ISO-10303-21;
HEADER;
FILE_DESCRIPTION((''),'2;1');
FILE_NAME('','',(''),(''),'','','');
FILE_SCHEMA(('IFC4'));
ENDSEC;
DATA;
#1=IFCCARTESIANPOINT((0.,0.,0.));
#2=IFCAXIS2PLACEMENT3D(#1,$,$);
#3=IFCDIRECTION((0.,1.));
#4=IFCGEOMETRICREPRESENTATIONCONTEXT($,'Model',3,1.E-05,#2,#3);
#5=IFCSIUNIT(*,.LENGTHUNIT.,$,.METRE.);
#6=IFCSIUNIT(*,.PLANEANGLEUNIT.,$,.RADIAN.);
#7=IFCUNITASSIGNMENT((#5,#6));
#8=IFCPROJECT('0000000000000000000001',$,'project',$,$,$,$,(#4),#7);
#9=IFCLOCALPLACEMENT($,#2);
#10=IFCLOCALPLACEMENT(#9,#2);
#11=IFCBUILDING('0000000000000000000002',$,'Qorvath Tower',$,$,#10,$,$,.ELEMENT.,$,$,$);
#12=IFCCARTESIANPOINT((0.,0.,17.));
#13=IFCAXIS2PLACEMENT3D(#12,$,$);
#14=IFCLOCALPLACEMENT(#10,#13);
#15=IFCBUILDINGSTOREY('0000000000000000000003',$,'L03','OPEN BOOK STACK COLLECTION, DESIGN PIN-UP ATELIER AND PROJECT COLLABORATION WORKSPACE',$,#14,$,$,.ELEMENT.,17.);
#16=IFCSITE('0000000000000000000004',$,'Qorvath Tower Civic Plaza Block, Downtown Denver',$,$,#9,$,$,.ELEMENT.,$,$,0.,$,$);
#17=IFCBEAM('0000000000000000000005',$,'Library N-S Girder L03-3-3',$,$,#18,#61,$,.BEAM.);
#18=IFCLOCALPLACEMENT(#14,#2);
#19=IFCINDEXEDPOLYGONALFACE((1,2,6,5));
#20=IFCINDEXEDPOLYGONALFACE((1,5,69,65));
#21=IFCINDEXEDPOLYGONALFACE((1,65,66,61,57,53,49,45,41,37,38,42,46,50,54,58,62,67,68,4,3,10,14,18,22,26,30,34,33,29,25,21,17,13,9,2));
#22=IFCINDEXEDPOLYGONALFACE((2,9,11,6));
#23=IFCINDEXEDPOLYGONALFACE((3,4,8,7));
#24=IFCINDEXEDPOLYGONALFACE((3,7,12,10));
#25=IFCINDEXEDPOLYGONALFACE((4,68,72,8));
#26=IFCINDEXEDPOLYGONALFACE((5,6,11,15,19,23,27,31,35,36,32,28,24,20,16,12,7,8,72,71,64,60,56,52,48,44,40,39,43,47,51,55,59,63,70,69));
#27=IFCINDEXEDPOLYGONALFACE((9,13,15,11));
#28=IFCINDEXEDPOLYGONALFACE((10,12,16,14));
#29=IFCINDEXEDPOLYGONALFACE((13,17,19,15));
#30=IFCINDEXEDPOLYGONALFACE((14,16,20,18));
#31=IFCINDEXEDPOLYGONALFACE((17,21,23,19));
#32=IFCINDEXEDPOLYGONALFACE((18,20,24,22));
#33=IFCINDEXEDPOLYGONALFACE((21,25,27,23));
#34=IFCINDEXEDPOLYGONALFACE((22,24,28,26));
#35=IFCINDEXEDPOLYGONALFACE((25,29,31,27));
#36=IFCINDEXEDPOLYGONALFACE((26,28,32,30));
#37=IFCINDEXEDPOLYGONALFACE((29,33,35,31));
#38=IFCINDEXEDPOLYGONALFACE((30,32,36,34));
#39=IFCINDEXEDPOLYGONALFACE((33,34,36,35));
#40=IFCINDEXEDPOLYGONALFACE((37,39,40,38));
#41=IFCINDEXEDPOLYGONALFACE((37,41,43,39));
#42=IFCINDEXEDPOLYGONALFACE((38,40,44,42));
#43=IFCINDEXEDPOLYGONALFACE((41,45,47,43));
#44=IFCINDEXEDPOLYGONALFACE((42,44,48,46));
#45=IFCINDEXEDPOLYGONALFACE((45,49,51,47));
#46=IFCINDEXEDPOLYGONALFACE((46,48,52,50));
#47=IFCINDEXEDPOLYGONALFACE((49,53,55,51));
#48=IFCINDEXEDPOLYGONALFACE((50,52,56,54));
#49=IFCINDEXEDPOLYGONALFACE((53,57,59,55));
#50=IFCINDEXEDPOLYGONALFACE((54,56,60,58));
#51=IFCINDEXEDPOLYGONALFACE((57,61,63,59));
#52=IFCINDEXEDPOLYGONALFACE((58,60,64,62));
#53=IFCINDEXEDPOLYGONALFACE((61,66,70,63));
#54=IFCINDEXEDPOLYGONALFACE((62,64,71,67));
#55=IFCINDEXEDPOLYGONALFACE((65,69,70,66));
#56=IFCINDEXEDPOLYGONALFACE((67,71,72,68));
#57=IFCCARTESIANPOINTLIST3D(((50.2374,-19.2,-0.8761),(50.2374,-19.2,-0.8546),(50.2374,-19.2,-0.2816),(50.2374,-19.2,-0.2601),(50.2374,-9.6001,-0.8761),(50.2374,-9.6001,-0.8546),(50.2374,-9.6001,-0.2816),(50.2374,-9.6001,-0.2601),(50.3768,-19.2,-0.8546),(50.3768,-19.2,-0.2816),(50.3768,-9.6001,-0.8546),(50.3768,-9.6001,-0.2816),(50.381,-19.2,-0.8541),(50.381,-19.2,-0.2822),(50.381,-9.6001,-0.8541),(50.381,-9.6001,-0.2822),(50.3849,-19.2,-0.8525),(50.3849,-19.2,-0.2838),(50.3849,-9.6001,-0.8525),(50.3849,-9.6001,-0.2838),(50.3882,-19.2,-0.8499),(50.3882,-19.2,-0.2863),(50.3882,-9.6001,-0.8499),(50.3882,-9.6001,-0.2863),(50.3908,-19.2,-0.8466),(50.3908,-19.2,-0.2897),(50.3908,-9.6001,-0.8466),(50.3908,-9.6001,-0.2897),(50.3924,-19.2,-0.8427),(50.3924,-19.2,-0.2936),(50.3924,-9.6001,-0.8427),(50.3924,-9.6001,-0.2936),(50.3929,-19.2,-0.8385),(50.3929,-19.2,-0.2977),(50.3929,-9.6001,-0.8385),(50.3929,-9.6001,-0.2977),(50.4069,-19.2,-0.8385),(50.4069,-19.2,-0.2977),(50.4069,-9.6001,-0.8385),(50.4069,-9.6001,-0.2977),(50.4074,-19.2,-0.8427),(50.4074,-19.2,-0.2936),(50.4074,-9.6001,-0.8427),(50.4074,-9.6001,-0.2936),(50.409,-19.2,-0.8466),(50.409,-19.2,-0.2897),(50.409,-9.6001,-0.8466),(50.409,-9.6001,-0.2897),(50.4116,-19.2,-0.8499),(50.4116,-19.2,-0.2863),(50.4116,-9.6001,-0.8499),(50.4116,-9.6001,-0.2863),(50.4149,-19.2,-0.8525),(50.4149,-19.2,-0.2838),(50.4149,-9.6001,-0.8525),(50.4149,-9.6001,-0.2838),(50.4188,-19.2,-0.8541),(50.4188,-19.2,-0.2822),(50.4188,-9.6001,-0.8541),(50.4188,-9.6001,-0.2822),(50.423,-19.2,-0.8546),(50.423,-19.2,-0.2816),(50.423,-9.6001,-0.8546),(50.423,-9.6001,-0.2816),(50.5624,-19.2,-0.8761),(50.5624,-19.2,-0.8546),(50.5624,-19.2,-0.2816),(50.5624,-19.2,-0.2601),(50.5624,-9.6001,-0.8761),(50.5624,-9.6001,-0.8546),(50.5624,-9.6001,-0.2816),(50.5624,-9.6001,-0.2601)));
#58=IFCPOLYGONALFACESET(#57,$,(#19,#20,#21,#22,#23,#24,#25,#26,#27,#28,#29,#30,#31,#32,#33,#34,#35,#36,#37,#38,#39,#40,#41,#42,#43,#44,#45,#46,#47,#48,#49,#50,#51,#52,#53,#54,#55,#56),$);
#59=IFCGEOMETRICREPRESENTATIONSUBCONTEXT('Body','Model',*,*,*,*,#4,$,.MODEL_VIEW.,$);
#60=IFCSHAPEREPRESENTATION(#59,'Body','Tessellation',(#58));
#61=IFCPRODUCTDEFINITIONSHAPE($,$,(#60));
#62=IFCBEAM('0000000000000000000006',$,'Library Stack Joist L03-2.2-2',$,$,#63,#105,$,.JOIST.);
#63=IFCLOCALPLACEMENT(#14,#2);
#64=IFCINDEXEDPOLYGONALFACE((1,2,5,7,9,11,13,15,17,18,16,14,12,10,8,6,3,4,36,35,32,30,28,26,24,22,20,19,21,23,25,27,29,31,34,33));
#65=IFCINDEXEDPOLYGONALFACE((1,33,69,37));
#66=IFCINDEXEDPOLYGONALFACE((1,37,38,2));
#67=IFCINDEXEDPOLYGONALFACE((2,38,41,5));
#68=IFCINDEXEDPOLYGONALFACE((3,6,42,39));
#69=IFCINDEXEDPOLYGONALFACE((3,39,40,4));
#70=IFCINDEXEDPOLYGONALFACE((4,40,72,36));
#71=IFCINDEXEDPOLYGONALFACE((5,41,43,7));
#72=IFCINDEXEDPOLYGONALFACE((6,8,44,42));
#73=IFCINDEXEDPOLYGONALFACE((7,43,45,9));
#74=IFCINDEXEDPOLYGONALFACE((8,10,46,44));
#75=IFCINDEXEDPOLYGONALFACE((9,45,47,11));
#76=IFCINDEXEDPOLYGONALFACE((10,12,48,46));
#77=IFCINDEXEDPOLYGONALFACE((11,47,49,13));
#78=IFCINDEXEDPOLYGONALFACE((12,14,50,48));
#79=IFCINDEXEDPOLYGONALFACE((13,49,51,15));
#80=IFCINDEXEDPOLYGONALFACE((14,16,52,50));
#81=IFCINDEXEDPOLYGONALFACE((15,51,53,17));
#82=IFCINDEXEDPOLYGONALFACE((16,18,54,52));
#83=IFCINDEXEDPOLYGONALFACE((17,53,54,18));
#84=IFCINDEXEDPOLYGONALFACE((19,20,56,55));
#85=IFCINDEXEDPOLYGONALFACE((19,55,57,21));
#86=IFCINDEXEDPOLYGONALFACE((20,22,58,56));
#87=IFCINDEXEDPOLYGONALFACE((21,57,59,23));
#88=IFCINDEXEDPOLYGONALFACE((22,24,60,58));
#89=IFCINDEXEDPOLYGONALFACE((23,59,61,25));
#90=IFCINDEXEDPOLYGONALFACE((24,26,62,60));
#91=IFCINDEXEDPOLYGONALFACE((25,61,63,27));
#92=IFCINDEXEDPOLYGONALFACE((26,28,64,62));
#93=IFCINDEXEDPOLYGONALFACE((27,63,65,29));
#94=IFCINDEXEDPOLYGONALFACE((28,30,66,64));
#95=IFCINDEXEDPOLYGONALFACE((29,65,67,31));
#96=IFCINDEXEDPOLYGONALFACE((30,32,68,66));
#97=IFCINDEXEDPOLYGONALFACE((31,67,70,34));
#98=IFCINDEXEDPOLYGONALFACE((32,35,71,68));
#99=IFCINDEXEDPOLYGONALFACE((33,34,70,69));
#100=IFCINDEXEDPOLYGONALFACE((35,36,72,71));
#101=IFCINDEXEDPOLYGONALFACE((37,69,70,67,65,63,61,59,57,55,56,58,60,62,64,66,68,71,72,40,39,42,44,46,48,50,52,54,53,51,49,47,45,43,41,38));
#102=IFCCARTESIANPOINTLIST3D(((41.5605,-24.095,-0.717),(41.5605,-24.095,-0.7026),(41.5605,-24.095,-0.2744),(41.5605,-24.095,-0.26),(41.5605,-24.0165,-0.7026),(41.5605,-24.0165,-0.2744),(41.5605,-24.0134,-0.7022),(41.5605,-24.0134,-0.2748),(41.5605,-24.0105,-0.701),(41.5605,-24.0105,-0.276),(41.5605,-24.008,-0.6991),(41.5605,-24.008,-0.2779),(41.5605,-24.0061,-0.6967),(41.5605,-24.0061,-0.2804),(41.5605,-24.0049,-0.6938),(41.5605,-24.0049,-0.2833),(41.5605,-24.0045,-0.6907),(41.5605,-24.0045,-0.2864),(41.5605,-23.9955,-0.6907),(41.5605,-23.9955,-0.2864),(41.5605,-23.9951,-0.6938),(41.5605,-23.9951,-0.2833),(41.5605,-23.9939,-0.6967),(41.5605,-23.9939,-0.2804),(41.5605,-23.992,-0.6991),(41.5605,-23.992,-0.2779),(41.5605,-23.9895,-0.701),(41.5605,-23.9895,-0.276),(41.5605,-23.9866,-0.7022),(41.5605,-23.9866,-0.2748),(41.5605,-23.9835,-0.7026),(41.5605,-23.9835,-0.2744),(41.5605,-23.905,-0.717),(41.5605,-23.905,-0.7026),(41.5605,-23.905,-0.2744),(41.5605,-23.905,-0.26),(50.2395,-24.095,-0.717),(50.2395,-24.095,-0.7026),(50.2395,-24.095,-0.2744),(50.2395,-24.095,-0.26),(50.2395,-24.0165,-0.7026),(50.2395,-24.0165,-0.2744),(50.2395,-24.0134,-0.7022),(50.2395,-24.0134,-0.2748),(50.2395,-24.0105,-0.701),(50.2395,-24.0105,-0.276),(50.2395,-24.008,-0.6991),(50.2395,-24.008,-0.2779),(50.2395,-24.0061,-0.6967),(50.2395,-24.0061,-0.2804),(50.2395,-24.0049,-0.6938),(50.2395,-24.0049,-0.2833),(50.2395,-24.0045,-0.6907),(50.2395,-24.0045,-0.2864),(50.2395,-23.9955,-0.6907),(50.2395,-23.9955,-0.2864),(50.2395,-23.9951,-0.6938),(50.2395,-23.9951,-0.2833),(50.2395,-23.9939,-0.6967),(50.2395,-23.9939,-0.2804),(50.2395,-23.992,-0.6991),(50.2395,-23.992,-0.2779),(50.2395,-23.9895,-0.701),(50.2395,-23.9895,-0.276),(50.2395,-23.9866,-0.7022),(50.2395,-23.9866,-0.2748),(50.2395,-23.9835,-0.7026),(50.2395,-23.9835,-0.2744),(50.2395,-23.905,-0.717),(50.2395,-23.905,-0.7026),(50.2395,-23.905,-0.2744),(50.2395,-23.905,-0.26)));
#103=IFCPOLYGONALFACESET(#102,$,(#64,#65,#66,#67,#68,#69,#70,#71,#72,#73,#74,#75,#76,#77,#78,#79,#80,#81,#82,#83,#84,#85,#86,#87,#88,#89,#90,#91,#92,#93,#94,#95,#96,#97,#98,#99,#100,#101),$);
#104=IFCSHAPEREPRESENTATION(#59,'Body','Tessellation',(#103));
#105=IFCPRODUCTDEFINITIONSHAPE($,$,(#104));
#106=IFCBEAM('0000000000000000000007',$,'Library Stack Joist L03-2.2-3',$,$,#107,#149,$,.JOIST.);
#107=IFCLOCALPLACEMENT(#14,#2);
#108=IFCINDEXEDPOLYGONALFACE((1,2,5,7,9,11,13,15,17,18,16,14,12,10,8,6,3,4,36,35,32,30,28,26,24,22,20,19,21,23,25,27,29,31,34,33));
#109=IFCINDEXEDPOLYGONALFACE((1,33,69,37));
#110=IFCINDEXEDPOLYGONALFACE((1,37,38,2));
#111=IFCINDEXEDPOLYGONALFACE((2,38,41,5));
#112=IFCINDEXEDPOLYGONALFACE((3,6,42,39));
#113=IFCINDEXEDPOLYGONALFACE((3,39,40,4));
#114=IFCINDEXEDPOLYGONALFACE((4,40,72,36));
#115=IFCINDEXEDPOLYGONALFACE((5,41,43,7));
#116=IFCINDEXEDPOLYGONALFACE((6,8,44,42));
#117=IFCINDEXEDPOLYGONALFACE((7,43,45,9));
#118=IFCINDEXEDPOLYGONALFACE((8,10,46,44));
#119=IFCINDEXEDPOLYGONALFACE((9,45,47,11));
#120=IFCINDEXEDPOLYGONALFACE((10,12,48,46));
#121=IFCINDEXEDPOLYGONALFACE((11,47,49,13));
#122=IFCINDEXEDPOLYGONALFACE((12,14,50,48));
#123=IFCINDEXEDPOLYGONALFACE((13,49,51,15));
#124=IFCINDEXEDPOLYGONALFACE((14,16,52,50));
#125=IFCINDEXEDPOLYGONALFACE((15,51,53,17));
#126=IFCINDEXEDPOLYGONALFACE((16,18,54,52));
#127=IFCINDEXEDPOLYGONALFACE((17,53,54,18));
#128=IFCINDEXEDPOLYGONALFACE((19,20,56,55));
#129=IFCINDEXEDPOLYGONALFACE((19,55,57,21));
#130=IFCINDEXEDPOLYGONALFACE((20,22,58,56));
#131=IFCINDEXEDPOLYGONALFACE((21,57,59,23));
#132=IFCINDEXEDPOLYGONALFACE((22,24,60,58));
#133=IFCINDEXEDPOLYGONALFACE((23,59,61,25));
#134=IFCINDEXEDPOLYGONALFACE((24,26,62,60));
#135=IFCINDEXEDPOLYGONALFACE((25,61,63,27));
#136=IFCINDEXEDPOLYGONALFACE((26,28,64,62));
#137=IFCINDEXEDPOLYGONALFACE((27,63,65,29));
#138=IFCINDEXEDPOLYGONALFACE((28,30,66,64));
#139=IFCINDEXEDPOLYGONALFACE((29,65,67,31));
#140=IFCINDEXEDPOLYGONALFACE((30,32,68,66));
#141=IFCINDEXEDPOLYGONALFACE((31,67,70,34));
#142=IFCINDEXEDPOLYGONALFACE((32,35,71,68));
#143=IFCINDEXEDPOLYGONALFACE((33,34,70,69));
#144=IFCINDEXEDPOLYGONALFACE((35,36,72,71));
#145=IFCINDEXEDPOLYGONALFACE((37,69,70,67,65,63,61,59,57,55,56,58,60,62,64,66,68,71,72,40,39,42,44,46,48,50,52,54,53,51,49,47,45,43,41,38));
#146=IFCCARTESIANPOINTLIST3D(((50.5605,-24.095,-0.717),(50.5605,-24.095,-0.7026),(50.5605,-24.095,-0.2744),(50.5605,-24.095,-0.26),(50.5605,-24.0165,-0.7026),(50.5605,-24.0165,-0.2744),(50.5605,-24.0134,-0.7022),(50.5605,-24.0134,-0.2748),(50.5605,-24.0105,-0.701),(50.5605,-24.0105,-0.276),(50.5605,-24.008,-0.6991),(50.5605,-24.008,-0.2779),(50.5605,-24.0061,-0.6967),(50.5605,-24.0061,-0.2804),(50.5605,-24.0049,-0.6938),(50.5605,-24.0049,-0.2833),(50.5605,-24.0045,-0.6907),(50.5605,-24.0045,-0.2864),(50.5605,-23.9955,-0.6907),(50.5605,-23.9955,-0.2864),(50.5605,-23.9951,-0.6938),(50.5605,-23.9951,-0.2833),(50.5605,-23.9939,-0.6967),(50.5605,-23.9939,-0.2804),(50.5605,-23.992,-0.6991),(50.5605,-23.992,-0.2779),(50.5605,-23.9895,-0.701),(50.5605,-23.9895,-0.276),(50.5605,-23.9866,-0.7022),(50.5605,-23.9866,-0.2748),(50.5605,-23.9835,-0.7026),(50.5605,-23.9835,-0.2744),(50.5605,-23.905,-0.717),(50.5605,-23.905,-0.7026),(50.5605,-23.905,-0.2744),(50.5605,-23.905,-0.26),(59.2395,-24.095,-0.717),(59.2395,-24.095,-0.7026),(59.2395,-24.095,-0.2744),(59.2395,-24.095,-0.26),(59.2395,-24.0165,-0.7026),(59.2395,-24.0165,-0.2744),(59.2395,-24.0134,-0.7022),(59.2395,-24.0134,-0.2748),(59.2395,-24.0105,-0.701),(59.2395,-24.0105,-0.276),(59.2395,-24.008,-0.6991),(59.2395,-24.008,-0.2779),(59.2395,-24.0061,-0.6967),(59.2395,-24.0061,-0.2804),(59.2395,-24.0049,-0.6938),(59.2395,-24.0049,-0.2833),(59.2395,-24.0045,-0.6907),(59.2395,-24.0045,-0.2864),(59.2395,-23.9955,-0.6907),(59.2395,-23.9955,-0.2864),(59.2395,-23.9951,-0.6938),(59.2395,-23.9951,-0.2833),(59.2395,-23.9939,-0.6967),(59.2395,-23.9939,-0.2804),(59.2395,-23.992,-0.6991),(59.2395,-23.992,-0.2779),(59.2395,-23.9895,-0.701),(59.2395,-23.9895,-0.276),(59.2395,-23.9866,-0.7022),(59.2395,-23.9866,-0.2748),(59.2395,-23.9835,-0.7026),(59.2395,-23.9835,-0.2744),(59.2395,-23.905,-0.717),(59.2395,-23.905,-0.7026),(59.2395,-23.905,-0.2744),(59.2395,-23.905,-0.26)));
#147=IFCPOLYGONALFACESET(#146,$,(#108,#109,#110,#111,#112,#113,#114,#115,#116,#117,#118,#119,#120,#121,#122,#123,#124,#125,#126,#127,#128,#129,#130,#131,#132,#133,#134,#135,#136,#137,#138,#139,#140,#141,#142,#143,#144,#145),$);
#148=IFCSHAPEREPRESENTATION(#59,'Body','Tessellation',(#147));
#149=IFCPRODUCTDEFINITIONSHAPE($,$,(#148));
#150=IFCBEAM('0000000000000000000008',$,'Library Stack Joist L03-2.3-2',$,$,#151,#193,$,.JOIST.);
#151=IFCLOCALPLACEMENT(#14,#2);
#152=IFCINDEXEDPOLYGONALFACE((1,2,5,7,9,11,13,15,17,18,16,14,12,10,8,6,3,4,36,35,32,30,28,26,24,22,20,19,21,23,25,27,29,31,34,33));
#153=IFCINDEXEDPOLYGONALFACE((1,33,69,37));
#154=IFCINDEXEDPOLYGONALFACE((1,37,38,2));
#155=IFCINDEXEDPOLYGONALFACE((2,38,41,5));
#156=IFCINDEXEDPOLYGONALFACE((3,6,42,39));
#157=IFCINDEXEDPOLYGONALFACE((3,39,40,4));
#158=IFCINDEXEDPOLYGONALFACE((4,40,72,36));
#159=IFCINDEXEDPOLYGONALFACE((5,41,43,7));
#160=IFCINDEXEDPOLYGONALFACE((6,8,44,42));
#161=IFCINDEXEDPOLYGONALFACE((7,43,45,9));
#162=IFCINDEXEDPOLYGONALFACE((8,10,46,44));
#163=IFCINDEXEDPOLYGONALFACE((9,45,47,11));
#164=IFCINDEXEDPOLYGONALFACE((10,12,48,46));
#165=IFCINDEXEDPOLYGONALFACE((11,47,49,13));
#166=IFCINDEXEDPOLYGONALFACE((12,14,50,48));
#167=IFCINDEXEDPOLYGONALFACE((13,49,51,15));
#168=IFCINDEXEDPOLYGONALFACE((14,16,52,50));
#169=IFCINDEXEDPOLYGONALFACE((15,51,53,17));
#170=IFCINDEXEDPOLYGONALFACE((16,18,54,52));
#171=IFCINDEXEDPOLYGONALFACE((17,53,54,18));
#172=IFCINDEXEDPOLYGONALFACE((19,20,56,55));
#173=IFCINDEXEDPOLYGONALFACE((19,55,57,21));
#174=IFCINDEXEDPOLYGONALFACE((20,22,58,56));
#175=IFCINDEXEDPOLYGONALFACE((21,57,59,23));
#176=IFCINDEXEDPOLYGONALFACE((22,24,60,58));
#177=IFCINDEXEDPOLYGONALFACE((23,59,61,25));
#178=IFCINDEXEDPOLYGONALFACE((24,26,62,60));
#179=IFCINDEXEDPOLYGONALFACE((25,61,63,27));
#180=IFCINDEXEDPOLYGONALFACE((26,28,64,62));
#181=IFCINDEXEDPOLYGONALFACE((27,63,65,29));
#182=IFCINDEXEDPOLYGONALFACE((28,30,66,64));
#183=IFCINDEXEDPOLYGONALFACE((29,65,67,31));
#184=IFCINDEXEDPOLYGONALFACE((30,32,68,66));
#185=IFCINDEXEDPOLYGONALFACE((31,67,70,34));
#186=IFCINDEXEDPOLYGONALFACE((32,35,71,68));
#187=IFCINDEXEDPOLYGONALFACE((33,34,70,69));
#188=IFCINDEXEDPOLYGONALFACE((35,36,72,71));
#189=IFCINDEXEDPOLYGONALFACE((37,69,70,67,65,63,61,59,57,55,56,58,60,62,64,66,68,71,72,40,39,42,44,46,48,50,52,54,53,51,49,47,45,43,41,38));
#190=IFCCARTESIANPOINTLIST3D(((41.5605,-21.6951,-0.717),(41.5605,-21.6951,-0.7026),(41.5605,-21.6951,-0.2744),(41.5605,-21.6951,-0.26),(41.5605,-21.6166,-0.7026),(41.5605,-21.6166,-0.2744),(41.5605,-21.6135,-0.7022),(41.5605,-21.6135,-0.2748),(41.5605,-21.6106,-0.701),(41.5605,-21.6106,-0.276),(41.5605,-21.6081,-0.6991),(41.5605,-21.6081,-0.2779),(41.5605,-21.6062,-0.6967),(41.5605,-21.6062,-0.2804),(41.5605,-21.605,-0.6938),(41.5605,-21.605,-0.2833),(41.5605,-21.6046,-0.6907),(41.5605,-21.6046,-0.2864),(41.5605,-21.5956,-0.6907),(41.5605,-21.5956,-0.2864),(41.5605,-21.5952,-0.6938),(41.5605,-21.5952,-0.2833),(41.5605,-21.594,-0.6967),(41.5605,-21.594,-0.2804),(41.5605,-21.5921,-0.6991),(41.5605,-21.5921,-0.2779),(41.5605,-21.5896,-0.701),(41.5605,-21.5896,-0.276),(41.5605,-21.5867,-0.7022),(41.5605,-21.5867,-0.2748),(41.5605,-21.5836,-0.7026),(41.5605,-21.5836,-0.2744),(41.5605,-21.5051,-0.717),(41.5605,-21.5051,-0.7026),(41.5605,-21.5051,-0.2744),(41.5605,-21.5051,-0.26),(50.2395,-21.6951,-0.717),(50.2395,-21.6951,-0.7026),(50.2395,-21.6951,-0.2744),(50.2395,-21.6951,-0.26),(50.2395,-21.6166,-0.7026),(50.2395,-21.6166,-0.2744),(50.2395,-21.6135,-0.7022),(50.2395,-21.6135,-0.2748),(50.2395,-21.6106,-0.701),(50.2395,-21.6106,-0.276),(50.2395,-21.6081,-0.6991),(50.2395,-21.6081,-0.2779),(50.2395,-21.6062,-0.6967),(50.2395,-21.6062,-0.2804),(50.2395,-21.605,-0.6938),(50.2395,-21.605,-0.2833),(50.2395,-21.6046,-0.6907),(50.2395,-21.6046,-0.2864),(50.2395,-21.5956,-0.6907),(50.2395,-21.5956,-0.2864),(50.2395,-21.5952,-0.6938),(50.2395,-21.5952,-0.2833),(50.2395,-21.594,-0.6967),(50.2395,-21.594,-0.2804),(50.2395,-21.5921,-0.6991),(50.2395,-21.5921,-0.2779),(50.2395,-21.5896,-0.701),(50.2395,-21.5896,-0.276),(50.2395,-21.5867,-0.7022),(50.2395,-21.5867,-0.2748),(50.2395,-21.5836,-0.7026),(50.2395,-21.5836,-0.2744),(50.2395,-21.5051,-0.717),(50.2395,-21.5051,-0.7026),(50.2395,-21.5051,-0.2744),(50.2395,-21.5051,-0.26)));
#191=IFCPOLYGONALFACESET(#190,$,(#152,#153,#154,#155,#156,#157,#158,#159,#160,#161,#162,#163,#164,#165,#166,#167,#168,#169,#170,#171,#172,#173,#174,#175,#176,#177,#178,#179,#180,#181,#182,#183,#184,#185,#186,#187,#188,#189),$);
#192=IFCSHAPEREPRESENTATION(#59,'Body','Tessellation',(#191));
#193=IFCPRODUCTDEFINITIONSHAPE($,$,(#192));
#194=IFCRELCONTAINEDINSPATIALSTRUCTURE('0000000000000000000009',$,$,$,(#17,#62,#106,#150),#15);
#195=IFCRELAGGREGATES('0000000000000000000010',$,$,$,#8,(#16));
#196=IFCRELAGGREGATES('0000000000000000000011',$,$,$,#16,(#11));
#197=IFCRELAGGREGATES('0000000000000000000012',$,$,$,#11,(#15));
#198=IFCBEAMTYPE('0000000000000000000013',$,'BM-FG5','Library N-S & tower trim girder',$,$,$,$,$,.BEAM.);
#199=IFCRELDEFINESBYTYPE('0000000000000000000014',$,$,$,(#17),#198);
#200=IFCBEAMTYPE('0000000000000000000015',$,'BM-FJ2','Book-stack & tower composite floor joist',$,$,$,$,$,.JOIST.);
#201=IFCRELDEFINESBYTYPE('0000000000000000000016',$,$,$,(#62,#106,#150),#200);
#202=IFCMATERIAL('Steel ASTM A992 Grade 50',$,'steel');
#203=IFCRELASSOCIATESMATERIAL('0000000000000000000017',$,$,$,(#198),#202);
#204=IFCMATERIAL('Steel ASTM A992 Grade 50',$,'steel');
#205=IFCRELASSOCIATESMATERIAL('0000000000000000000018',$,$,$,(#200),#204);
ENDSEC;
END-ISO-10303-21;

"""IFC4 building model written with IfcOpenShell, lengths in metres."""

from ifc_helpers import new_model, si_unit, direction, frame, origin, origin_2d, place, context, subcontext, project, spatial, i_section, extrude, material, material_profile, profile_set, type_object, element, save


model = new_model("IFC4")

# Units and contexts
model_context = context("Model", 3, precision=1e-05, world=origin(), true_north=direction((0.0, 1.0)))
body_context = subcontext(model_context, "Body", "Model", "MODEL_VIEW")
ifc_project = project(units=[si_unit("LENGTHUNIT", "METRE"), si_unit("PLANEANGLEUNIT", "RADIAN")], contexts=[model_context])

# Site, building, storey
site_placement = place(None, origin())
site = spatial("IfcSite", under=ifc_project, at=site_placement, Name="Qorvath Tower Civic Plaza Block, Downtown Denver", CompositionType="ELEMENT", RefElevation=0.0)
building_placement = place(site_placement, origin())
building = spatial("IfcBuilding", under=site, at=building_placement, Name="Qorvath Tower", CompositionType="ELEMENT")
storey_placement = place(building_placement, frame((0.0, 0.0, 17.0)))
storey = spatial("IfcBuildingStorey", under=building, at=storey_placement, Name="L03", Description="OPEN BOOK STACK COLLECTION, DESIGN PIN-UP ATELIER AND PROJECT COLLABORATION WORKSPACE", CompositionType="ELEMENT", Elevation=17.0)

# Beams
ifc_material_1 = material(Name="Steel ASTM A992 Grade 50", Category="steel")
ifc_material_profile_1 = material_profile(ifc_material_1, i_section(OverallWidth=0.325, OverallDepth=0.616, WebThickness=0.0139, FlangeThickness=0.0215, FilletRadius=0.0161, at=origin_2d()), Name="W24x117")
ifc_profile_set_1 = profile_set([ifc_material_profile_1], Name="Steel ASTM A992 Grade 50")
beam_type_1 = type_object("IfcBeamType", Name="BM-FG5", Description="Library N-S & tower trim girder", PredefinedType="BEAM", material=ifc_profile_set_1)
for number, where, z_axis, x_axis, name in (
    (1, (50.3999, -19.2, -0.5681), (0.0, 1.0, 0.0), (-1.0, 0.0, 0.0), "Library N-S Girder L03-3-3"),
):
    element("IfcBeam", number, at=place(storey_placement, frame(where, z_axis=z_axis, x_axis=x_axis)), inside=storey, type_object=beam_type_1, Name=name, PredefinedType="BEAM", context=body_context, shape_type="SweptSolid", body=[
        extrude(i_section(OverallWidth=0.325, OverallDepth=0.616, WebThickness=0.0139, FlangeThickness=0.0215, FilletRadius=0.0161, at=origin_2d()), origin(), (0.0, 0.0, 1.0), 9.5999),
    ])
ifc_material_2 = material(Name="Steel ASTM A992 Grade 50", Category="steel")
ifc_material_profile_2 = material_profile(ifc_material_2, i_section(OverallWidth=0.1899, OverallDepth=0.457, WebThickness=0.009, FlangeThickness=0.0144, FilletRadius=0.012, at=origin_2d()), Name="W18x50")
ifc_profile_set_2 = profile_set([ifc_material_profile_2], Name="Steel ASTM A992 Grade 50")
beam_type_2 = type_object("IfcBeamType", Name="BM-FJ2", Description="Book-stack & tower composite floor joist", PredefinedType="JOIST", material=ifc_profile_set_2)
for number, where, z_axis, x_axis, name in (
    (2, (41.5605, -24.0, -0.4885), (1.0, 0.0, 0.0), (0.0, 1.0, 0.0), "Library Stack Joist L03-2.2-2"),
    (3, (50.5605, -24.0, -0.4885), (1.0, 0.0, 0.0), (0.0, 1.0, 0.0), "Library Stack Joist L03-2.2-3"),
    (4, (41.5605, -21.6001, -0.4885), (1.0, 0.0, 0.0), (0.0, 1.0, 0.0), "Library Stack Joist L03-2.3-2"),
):
    element("IfcBeam", number, at=place(storey_placement, frame(where, z_axis=z_axis, x_axis=x_axis)), inside=storey, type_object=beam_type_2, Name=name, PredefinedType="JOIST", context=body_context, shape_type="SweptSolid", body=[
        extrude(i_section(OverallWidth=0.1899, OverallDepth=0.457, WebThickness=0.009, FlangeThickness=0.0144, FilletRadius=0.012, at=origin_2d()), origin(), (0.0, 0.0, 1.0), 8.679),
    ])

save(model, "model.ifc")
